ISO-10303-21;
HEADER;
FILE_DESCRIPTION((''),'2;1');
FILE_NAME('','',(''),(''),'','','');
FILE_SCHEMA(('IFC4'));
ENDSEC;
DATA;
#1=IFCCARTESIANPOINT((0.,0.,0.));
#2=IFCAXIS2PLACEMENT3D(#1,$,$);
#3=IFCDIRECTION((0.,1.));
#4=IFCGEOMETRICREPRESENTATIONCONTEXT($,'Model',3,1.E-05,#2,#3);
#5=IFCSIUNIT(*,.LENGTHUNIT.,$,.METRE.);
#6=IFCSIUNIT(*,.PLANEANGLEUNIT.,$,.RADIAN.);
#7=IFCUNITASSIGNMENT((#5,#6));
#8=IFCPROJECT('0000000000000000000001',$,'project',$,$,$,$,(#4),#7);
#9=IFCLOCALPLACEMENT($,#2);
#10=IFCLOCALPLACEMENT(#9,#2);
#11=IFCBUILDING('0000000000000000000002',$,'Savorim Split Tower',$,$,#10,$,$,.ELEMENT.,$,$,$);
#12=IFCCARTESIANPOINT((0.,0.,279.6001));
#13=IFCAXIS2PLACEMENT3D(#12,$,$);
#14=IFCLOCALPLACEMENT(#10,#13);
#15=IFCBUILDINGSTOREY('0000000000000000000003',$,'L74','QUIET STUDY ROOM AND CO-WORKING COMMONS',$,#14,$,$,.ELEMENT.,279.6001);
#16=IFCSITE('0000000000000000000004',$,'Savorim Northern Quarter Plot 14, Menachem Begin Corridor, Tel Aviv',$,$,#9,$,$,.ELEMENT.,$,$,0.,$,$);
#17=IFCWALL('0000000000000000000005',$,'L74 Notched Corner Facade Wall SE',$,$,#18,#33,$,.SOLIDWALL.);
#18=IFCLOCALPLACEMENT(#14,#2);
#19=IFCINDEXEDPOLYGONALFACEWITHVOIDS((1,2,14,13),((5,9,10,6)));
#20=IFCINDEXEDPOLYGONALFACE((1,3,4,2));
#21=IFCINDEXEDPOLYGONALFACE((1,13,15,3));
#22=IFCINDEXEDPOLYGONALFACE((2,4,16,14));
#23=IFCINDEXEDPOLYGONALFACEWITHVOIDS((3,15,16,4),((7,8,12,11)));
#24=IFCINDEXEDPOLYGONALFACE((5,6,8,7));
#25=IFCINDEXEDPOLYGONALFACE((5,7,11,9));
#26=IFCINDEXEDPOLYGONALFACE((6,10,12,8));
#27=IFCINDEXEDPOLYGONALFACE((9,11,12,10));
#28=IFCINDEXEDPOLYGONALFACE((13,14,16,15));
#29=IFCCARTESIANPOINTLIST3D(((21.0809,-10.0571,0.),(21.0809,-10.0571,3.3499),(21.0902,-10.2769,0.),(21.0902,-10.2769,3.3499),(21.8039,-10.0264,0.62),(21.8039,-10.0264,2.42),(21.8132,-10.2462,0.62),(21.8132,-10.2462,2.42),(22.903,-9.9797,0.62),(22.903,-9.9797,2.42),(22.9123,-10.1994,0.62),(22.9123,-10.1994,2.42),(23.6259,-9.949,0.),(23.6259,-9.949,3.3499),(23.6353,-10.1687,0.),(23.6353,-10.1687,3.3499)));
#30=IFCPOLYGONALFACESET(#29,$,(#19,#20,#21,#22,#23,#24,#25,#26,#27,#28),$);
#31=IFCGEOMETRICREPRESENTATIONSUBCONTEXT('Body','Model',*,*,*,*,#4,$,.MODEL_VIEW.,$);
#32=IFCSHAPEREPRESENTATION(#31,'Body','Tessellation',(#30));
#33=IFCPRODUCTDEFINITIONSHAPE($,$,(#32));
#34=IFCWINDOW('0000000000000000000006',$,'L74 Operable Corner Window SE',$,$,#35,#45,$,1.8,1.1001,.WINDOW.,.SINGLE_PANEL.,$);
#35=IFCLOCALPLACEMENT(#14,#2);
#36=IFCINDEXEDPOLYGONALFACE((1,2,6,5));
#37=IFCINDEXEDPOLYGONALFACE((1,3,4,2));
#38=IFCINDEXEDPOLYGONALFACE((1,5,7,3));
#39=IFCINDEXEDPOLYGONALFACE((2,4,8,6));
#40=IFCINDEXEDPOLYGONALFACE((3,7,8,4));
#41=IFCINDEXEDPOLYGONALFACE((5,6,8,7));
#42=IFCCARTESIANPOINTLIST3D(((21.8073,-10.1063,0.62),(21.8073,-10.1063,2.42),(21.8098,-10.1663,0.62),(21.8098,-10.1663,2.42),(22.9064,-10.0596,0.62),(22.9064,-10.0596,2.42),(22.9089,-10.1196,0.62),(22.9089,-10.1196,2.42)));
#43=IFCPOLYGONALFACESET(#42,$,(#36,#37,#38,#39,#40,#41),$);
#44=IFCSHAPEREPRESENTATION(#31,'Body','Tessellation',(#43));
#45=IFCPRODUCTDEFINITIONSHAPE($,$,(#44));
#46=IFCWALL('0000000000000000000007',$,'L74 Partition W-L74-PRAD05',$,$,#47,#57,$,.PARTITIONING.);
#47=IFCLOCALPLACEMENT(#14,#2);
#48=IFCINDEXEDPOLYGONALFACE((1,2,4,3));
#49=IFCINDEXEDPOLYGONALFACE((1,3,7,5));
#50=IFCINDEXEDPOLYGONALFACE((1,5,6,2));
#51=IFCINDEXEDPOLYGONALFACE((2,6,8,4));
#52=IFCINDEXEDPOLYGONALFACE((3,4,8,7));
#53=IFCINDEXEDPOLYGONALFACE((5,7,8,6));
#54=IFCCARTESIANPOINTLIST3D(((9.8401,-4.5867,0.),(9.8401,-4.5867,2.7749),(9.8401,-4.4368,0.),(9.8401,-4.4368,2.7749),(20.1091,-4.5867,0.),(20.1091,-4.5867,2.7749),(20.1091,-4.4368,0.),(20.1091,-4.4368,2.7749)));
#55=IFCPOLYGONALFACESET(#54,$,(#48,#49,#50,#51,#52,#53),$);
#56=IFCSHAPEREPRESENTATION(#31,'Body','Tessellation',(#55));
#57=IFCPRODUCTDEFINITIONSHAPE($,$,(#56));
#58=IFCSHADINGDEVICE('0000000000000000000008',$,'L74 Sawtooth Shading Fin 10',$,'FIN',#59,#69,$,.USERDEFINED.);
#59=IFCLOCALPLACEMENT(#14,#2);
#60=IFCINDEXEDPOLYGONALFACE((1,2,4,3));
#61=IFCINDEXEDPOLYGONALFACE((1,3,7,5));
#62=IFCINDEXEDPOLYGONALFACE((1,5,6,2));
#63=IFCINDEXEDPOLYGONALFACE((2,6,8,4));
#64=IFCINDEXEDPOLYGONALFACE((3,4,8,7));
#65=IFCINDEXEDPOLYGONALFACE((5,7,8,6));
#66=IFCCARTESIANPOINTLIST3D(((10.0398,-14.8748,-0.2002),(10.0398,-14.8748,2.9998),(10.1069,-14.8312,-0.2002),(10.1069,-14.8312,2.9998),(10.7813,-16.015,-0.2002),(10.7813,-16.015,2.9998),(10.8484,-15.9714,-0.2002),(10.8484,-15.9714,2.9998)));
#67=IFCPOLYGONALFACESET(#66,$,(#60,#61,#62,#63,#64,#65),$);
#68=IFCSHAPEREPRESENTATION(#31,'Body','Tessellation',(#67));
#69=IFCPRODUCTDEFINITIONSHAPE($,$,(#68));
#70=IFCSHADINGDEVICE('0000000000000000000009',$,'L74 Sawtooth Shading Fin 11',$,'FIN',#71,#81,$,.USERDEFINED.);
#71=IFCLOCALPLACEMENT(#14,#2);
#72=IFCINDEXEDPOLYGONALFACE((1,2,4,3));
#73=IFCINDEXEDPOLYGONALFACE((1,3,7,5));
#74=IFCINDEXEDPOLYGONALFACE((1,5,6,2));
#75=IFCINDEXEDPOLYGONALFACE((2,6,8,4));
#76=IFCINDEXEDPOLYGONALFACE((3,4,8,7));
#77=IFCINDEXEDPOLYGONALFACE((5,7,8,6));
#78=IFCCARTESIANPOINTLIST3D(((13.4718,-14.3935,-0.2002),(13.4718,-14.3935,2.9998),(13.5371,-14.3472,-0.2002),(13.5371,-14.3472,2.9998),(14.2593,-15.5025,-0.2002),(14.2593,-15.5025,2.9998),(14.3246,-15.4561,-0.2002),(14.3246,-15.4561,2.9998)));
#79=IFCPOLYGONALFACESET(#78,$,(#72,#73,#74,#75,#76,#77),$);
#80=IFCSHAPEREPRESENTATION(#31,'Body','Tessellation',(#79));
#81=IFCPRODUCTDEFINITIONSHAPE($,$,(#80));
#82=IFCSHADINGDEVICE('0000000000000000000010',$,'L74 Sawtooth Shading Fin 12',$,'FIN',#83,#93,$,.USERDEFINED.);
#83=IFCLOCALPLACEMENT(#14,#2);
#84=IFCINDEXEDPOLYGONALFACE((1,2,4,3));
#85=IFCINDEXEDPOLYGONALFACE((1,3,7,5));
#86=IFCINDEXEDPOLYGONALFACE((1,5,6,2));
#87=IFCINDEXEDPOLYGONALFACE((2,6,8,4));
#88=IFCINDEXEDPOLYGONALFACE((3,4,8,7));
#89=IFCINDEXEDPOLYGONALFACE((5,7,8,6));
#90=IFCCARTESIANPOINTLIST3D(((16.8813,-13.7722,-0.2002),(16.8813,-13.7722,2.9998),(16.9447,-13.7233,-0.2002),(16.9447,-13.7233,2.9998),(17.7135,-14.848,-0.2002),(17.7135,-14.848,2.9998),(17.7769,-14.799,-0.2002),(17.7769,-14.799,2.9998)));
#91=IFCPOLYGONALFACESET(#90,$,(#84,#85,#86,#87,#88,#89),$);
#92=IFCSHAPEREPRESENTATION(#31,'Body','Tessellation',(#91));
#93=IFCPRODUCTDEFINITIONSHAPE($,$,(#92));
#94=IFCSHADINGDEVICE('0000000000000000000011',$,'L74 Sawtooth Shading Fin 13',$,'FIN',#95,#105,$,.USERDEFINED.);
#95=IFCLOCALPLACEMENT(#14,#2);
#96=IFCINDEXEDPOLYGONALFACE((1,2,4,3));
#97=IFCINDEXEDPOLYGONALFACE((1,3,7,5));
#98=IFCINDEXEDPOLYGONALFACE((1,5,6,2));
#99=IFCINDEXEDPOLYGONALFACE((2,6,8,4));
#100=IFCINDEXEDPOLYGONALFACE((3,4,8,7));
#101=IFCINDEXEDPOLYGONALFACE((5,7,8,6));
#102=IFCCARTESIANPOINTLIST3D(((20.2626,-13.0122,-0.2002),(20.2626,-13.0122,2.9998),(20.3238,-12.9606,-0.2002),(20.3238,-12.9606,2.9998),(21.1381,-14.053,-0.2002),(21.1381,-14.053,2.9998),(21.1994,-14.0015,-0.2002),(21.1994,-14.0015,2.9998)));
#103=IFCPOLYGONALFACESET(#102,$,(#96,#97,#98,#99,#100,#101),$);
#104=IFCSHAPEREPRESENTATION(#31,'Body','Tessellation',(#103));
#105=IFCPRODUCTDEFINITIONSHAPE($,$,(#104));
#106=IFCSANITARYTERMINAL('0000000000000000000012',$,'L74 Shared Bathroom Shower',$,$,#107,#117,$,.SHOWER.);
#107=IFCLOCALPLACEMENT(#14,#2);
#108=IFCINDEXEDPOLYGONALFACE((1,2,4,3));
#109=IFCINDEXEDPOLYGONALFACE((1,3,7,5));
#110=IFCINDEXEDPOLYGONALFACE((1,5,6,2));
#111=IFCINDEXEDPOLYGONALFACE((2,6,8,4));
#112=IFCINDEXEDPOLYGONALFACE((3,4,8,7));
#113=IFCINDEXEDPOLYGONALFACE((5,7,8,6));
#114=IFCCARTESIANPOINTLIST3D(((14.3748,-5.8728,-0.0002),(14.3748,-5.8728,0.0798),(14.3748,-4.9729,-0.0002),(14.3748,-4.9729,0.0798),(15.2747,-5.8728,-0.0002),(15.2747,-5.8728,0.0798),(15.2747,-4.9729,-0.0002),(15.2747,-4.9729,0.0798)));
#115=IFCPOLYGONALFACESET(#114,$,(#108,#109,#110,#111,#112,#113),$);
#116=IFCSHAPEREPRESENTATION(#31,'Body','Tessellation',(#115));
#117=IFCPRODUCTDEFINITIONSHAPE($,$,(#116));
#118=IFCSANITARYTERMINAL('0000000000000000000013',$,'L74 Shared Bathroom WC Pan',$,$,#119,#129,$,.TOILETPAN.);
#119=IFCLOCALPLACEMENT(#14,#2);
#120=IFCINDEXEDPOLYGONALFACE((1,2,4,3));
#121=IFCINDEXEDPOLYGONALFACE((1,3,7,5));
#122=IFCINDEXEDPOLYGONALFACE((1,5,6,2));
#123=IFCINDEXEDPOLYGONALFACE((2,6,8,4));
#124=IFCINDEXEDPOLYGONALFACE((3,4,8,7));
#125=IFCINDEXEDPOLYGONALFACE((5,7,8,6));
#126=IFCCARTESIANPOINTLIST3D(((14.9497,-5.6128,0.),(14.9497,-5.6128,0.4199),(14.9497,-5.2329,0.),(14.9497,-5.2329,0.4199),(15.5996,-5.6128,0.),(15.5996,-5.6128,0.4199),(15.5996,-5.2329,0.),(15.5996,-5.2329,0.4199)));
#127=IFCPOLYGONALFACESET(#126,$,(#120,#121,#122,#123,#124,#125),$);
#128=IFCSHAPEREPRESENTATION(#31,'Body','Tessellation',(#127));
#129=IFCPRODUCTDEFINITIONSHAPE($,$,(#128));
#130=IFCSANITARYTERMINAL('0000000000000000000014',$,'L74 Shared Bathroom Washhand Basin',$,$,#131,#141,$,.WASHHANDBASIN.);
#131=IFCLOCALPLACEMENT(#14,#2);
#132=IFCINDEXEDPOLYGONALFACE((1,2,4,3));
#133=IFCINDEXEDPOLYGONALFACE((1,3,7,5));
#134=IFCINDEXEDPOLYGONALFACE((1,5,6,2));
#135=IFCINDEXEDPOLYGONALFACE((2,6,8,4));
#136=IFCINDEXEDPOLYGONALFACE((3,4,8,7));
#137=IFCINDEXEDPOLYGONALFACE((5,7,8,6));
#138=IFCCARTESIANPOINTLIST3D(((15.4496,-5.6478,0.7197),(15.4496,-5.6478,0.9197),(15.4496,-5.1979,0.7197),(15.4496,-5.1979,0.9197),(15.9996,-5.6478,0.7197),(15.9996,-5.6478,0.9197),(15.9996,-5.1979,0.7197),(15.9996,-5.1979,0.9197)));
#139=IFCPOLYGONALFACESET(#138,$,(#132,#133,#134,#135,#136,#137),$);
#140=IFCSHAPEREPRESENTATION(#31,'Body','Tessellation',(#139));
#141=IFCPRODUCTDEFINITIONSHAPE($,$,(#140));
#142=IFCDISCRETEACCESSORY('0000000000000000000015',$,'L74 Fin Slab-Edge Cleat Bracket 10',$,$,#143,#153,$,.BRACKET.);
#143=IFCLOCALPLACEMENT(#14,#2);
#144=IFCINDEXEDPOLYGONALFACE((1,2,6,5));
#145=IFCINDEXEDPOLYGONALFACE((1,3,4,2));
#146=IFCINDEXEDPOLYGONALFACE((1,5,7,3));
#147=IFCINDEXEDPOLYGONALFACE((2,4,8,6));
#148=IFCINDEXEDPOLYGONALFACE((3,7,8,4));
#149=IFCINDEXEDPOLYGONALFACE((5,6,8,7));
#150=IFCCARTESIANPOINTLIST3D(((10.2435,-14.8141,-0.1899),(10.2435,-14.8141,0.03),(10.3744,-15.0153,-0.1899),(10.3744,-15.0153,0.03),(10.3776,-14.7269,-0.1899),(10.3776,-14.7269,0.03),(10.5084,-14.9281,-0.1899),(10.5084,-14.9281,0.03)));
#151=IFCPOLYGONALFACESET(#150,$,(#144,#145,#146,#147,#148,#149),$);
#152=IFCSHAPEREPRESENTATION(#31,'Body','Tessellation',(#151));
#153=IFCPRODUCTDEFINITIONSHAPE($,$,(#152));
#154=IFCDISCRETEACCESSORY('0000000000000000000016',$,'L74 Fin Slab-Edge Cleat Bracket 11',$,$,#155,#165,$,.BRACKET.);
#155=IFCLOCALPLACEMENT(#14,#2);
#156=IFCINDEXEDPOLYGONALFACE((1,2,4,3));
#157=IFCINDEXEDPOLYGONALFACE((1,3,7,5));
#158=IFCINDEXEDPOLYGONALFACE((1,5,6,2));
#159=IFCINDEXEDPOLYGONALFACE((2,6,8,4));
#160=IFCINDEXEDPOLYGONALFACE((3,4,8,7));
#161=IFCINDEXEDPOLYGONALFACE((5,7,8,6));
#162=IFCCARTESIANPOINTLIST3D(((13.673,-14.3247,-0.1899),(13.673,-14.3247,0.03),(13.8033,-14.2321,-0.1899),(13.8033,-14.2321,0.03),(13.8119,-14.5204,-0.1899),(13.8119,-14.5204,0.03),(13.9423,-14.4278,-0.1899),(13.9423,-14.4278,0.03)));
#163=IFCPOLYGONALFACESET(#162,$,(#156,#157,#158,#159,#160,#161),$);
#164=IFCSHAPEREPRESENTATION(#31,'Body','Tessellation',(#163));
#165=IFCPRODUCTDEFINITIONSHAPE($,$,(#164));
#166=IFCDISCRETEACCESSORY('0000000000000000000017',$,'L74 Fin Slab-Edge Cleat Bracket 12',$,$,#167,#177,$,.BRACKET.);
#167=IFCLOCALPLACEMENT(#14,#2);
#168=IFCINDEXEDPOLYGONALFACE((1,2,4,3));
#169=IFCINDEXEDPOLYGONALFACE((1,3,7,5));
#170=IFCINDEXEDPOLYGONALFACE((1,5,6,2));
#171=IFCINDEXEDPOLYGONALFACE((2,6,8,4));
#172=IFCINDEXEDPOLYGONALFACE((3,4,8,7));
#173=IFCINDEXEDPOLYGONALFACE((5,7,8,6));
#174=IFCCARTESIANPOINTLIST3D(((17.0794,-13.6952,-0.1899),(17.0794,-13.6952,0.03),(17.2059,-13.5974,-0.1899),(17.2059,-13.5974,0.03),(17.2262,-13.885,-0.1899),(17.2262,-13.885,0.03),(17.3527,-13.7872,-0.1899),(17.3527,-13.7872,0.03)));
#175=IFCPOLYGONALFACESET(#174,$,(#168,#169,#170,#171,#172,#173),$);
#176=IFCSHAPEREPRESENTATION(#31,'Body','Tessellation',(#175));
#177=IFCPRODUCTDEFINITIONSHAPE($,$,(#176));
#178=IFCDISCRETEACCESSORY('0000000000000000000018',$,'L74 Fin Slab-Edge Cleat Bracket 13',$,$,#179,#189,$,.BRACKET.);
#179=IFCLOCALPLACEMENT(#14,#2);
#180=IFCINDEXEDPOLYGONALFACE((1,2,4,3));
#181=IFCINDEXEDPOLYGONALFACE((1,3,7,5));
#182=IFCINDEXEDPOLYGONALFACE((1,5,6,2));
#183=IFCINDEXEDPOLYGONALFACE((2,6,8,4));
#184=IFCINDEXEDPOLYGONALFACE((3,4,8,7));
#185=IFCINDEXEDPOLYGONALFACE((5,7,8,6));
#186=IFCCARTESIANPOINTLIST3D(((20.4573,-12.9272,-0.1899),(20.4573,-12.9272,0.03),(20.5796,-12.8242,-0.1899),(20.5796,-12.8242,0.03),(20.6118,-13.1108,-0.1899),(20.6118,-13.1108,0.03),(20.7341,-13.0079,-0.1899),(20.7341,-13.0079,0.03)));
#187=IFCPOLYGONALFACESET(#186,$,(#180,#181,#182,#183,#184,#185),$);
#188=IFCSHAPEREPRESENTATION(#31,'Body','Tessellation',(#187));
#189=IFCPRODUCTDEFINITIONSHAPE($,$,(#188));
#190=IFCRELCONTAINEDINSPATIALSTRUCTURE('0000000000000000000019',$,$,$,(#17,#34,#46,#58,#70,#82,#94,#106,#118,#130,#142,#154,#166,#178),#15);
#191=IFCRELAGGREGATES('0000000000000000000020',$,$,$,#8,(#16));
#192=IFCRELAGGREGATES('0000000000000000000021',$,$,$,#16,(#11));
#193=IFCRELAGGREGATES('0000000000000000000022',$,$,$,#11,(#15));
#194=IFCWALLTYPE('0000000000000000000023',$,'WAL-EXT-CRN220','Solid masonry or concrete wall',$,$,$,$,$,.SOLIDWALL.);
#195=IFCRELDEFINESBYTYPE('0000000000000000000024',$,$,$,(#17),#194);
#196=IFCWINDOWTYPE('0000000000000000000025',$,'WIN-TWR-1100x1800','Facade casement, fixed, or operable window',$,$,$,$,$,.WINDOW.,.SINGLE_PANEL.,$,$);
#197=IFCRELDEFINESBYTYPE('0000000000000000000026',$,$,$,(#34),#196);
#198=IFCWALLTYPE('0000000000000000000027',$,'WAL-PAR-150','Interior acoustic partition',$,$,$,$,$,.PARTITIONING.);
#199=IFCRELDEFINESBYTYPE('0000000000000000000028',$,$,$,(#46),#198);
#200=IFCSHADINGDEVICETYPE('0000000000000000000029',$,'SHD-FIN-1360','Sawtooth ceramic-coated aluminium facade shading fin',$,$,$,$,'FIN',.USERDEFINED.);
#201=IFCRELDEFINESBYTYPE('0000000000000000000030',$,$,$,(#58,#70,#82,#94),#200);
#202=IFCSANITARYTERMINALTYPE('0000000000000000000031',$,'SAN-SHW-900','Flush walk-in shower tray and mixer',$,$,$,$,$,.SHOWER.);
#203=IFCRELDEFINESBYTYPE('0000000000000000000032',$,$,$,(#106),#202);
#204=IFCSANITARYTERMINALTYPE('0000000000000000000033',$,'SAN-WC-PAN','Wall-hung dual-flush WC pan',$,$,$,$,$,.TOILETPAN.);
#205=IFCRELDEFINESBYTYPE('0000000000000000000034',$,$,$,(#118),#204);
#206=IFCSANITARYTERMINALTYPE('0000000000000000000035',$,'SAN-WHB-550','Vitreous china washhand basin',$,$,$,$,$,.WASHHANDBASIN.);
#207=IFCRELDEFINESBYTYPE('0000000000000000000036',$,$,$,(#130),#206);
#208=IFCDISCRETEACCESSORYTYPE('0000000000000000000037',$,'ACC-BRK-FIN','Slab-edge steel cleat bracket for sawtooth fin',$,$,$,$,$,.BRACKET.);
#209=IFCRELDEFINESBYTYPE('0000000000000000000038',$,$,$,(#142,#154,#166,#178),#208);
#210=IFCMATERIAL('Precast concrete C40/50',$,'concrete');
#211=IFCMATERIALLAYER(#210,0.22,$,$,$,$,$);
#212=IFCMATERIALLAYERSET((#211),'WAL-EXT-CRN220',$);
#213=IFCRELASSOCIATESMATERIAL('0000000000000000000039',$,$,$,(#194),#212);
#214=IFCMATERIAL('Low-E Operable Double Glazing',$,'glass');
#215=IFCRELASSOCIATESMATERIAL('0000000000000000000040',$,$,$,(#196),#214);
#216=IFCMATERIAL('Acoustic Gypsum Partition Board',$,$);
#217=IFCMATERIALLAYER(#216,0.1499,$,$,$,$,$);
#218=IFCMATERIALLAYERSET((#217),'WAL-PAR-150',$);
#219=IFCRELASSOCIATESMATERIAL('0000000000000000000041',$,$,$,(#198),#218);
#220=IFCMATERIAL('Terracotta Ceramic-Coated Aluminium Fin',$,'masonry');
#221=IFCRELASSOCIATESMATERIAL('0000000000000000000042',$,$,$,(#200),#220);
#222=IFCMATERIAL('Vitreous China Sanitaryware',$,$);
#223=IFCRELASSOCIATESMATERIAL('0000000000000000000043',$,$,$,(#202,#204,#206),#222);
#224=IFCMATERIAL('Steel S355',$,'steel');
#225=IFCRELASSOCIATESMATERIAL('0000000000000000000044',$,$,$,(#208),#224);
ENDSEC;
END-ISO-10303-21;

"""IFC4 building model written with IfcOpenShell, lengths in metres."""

from ifc_helpers import new_model, si_unit, direction, frame, frame_2d, origin, origin_2d, place, context, subcontext, project, spatial, rectangle, extrude, material, layer, layer_set, type_object, element, fill, save


model = new_model("IFC4")

# Units and contexts
model_context = context("Model", 3, precision=1e-05, world=origin(), true_north=direction((0.0, 1.0)))
body_context = subcontext(model_context, "Body", "Model", "MODEL_VIEW")
ifc_project = project(units=[si_unit("LENGTHUNIT", "METRE"), si_unit("PLANEANGLEUNIT", "RADIAN")], contexts=[model_context])

# Site, building, storey
site_placement = place(None, origin())
site = spatial("IfcSite", under=ifc_project, at=site_placement, Name="Savorim Northern Quarter Plot 14, Menachem Begin Corridor, Tel Aviv", CompositionType="ELEMENT", RefElevation=0.0)
building_placement = place(site_placement, origin())
building = spatial("IfcBuilding", under=site, at=building_placement, Name="Savorim Split Tower", CompositionType="ELEMENT")
storey_placement = place(building_placement, frame((0.0, 0.0, 279.6001)))
storey = spatial("IfcBuildingStorey", under=building, at=storey_placement, Name="L74", Description="QUIET STUDY ROOM AND CO-WORKING COMMONS", CompositionType="ELEMENT", Elevation=279.6001)

# Shared definitions
ifc_material_1 = material(Name="Steel S355", Category="steel")

# Shared definitions
ifc_material_2 = material(Name="Precast concrete C40/50", Category="concrete")
ifc_layer_1 = layer(ifc_material_2, 0.22)
ifc_layer_set_1 = layer_set([ifc_layer_1], Name="WAL-EXT-CRN220")
wall_type_1 = type_object("IfcWallType", Name="WAL-EXT-CRN220", Description="Solid masonry or concrete wall", PredefinedType="SOLIDWALL", material=ifc_layer_set_1)

# Wall, opening, window
wall_1_placement = place(storey_placement, frame((23.6306, -10.0588, 0.0), z_axis=(0.0, 0.0, 1.0), x_axis=(-0.999098, -0.042456, 0.0)))
wall_1 = element("IfcWall", 1, at=wall_1_placement, inside=storey, type_object=wall_type_1, Name="L74 Notched Corner Facade Wall SE", PredefinedType="SOLIDWALL", context=body_context, shape_type="SweptSolid", body=[
    extrude(rectangle(XDim=2.5474, YDim=0.22, at=frame_2d((1.2737, 0.0))), origin(), (0.0, 0.0, 1.0), 3.3499),
])
opening_placement = place(wall_1_placement, frame((0.7236, 0.0, 0.6201)))
opening = element("IfcOpeningElement", 2, at=opening_placement, cuts=wall_1, PredefinedType="OPENING", context=body_context, shape_type="SweptSolid", body=[
    extrude(rectangle(XDim=1.1001, YDim=1.8, at=frame_2d((0.55, 0.8999))), frame((0.0, 0.1199, 0.0), z_axis=(0.0, -1.0, 0.0), x_axis=(1.0, 0.0, 0.0)), (0.0, 0.0, 1.0), 0.24),
])
ifc_material_3 = material(Name="Low-E Operable Double Glazing", Category="glass")
window_type = type_object("IfcWindowType", Name="WIN-TWR-1100x1800", Description="Facade casement, fixed, or operable window", PartitioningType="SINGLE_PANEL", PredefinedType="WINDOW", material=ifc_material_3)
window_placement = place(opening_placement, origin())
window = element("IfcWindow", 3, at=window_placement, inside=storey, type_object=window_type, Name="L74 Operable Corner Window SE", OverallHeight=1.8, OverallWidth=1.1001, PartitioningType="SINGLE_PANEL", PredefinedType="WINDOW", context=body_context, shape_type="SweptSolid", body=[
    extrude(rectangle(XDim=1.1001, YDim=1.8, at=frame_2d((0.55, 0.8999))), frame((0.0, 0.03, 0.0), z_axis=(0.0, -1.0, 0.0), x_axis=(1.0, 0.0, 0.0)), (0.0, 0.0, 1.0), 0.0601),
])
fill(opening, window)

# Wall
ifc_material_4 = material(Name="Acoustic Gypsum Partition Board")
ifc_layer_2 = layer(ifc_material_4, 0.1499)
ifc_layer_set_2 = layer_set([ifc_layer_2], Name="WAL-PAR-150")
wall_type_2 = type_object("IfcWallType", Name="WAL-PAR-150", Description="Interior acoustic partition", PredefinedType="PARTITIONING", material=ifc_layer_set_2)
wall_2_placement = place(storey_placement, frame((9.8401, -4.5117, 0.0), z_axis=(0.0, 0.0, 1.0), x_axis=(1.0, 0.0, 0.0)))
element("IfcWall", 4, at=wall_2_placement, inside=storey, type_object=wall_type_2, Name="L74 Partition W-L74-PRAD05", PredefinedType="PARTITIONING", context=body_context, shape_type="SweptSolid", body=[
    extrude(rectangle(XDim=10.269, YDim=0.1499, at=frame_2d((5.1345, 0.0))), origin(), (0.0, 0.0, 1.0), 2.7749),
])

# Shading devices
ifc_material_5 = material(Name="Terracotta Ceramic-Coated Aluminium Fin", Category="masonry")
shading_device_type = type_object("IfcShadingDeviceType", Name="SHD-FIN-1360", Description="Sawtooth ceramic-coated aluminium facade shading fin", ElementType="FIN", PredefinedType="USERDEFINED", material=ifc_material_5)
for number, where, z_axis, x_axis, name in (
    (5, (10.4441, -15.4231, -0.2002), (0.0, 0.0, 1.0), (0.545148, -0.83834, 0.0), "L74 Sawtooth Shading Fin 10"),
    (6, (13.8982, -14.9248, -0.2002), (0.0, 0.0, 1.0), (0.578994, -0.815332, 0.0), "L74 Sawtooth Shading Fin 11"),
    (7, (17.3291, -14.2856, -0.2002), (0.0, 0.0, 1.0), (0.611868, -0.79096, 0.0), "L74 Sawtooth Shading Fin 12"),
    (8, (20.731, -13.5068, -0.2002), (0.0, 0.0, 1.0), (0.643719, -0.765262, 0.0), "L74 Sawtooth Shading Fin 13"),
):
    element("IfcShadingDevice", number, at=place(storey_placement, frame(where, z_axis=z_axis, x_axis=x_axis)), inside=storey, type_object=shading_device_type, Name=name, ObjectType="FIN", PredefinedType="USERDEFINED", context=body_context, shape_type="SweptSolid", body=[
        extrude(rectangle(XDim=1.3601, YDim=0.0801, at=origin_2d()), origin(), (0.0, 0.0, 1.0), 3.2),
    ])

# Sanitary terminals
ifc_material_6 = material(Name="Vitreous China Sanitaryware")
sanitary_terminal_type_1 = type_object("IfcSanitaryTerminalType", Name="SAN-SHW-900", Description="Flush walk-in shower tray and mixer", PredefinedType="SHOWER", material=ifc_material_6)
sanitary_terminal_1_placement = place(storey_placement, frame((14.8247, -5.4229, -0.0002), z_axis=(0.0, 0.0, 1.0), x_axis=(1.0, 0.0, 0.0)))
element("IfcSanitaryTerminal", 9, at=sanitary_terminal_1_placement, inside=storey, type_object=sanitary_terminal_type_1, Name="L74 Shared Bathroom Shower", PredefinedType="SHOWER", context=body_context, shape_type="SweptSolid", body=[
    extrude(rectangle(XDim=0.8999, YDim=0.8999, at=origin_2d()), origin(), (0.0, 0.0, 1.0), 0.0801),
])
sanitary_terminal_type_2 = type_object("IfcSanitaryTerminalType", Name="SAN-WC-PAN", Description="Wall-hung dual-flush WC pan", PredefinedType="TOILETPAN", material=ifc_material_6)
sanitary_terminal_2_placement = place(storey_placement, frame((15.2747, -5.4229, 0.0), z_axis=(0.0, 0.0, 1.0), x_axis=(1.0, 0.0, 0.0)))
element("IfcSanitaryTerminal", 10, at=sanitary_terminal_2_placement, inside=storey, type_object=sanitary_terminal_type_2, Name="L74 Shared Bathroom WC Pan", PredefinedType="TOILETPAN", context=body_context, shape_type="SweptSolid", body=[
    extrude(rectangle(XDim=0.6499, YDim=0.3799, at=origin_2d()), origin(), (0.0, 0.0, 1.0), 0.4199),
])
sanitary_terminal_type_3 = type_object("IfcSanitaryTerminalType", Name="SAN-WHB-550", Description="Vitreous china washhand basin", PredefinedType="WASHHANDBASIN", material=ifc_material_6)
sanitary_terminal_3_placement = place(storey_placement, frame((15.7246, -5.4229, 0.7197), z_axis=(0.0, 0.0, 1.0), x_axis=(1.0, 0.0, 0.0)))
element("IfcSanitaryTerminal", 11, at=sanitary_terminal_3_placement, inside=storey, type_object=sanitary_terminal_type_3, Name="L74 Shared Bathroom Washhand Basin", PredefinedType="WASHHANDBASIN", context=body_context, shape_type="SweptSolid", body=[
    extrude(rectangle(XDim=0.55, YDim=0.45, at=origin_2d()), origin(), (0.0, 0.0, 1.0), 0.2),
])

# Discrete accessories
discrete_accessory_type = type_object("IfcDiscreteAccessoryType", Name="ACC-BRK-FIN", Description="Slab-edge steel cleat bracket for sawtooth fin", PredefinedType="BRACKET", material=ifc_material_1)
for number, where, z_axis, x_axis, name in (
    (12, (10.376, -14.8711, -0.1899), (0.0, 0.0, 1.0), (0.545148, -0.83834, 0.0), "L74 Fin Slab-Edge Cleat Bracket 10"),
    (13, (13.8076, -14.3762, -0.1899), (0.0, 0.0, 1.0), (0.578994, -0.815332, 0.0), "L74 Fin Slab-Edge Cleat Bracket 11"),
    (14, (17.2161, -13.7412, -0.1899), (0.0, 0.0, 1.0), (0.611868, -0.79096, 0.0), "L74 Fin Slab-Edge Cleat Bracket 12"),
    (15, (20.5957, -12.9675, -0.1899), (0.0, 0.0, 1.0), (0.643719, -0.765262, 0.0), "L74 Fin Slab-Edge Cleat Bracket 13"),
):
    element("IfcDiscreteAccessory", number, at=place(storey_placement, frame(where, z_axis=z_axis, x_axis=x_axis)), inside=storey, type_object=discrete_accessory_type, Name=name, PredefinedType="BRACKET", context=body_context, shape_type="SweptSolid", body=[
        extrude(rectangle(XDim=0.24, YDim=0.1599, at=origin_2d()), origin(), (0.0, 0.0, 1.0), 0.22),
    ])

save(model, "model.ifc")
